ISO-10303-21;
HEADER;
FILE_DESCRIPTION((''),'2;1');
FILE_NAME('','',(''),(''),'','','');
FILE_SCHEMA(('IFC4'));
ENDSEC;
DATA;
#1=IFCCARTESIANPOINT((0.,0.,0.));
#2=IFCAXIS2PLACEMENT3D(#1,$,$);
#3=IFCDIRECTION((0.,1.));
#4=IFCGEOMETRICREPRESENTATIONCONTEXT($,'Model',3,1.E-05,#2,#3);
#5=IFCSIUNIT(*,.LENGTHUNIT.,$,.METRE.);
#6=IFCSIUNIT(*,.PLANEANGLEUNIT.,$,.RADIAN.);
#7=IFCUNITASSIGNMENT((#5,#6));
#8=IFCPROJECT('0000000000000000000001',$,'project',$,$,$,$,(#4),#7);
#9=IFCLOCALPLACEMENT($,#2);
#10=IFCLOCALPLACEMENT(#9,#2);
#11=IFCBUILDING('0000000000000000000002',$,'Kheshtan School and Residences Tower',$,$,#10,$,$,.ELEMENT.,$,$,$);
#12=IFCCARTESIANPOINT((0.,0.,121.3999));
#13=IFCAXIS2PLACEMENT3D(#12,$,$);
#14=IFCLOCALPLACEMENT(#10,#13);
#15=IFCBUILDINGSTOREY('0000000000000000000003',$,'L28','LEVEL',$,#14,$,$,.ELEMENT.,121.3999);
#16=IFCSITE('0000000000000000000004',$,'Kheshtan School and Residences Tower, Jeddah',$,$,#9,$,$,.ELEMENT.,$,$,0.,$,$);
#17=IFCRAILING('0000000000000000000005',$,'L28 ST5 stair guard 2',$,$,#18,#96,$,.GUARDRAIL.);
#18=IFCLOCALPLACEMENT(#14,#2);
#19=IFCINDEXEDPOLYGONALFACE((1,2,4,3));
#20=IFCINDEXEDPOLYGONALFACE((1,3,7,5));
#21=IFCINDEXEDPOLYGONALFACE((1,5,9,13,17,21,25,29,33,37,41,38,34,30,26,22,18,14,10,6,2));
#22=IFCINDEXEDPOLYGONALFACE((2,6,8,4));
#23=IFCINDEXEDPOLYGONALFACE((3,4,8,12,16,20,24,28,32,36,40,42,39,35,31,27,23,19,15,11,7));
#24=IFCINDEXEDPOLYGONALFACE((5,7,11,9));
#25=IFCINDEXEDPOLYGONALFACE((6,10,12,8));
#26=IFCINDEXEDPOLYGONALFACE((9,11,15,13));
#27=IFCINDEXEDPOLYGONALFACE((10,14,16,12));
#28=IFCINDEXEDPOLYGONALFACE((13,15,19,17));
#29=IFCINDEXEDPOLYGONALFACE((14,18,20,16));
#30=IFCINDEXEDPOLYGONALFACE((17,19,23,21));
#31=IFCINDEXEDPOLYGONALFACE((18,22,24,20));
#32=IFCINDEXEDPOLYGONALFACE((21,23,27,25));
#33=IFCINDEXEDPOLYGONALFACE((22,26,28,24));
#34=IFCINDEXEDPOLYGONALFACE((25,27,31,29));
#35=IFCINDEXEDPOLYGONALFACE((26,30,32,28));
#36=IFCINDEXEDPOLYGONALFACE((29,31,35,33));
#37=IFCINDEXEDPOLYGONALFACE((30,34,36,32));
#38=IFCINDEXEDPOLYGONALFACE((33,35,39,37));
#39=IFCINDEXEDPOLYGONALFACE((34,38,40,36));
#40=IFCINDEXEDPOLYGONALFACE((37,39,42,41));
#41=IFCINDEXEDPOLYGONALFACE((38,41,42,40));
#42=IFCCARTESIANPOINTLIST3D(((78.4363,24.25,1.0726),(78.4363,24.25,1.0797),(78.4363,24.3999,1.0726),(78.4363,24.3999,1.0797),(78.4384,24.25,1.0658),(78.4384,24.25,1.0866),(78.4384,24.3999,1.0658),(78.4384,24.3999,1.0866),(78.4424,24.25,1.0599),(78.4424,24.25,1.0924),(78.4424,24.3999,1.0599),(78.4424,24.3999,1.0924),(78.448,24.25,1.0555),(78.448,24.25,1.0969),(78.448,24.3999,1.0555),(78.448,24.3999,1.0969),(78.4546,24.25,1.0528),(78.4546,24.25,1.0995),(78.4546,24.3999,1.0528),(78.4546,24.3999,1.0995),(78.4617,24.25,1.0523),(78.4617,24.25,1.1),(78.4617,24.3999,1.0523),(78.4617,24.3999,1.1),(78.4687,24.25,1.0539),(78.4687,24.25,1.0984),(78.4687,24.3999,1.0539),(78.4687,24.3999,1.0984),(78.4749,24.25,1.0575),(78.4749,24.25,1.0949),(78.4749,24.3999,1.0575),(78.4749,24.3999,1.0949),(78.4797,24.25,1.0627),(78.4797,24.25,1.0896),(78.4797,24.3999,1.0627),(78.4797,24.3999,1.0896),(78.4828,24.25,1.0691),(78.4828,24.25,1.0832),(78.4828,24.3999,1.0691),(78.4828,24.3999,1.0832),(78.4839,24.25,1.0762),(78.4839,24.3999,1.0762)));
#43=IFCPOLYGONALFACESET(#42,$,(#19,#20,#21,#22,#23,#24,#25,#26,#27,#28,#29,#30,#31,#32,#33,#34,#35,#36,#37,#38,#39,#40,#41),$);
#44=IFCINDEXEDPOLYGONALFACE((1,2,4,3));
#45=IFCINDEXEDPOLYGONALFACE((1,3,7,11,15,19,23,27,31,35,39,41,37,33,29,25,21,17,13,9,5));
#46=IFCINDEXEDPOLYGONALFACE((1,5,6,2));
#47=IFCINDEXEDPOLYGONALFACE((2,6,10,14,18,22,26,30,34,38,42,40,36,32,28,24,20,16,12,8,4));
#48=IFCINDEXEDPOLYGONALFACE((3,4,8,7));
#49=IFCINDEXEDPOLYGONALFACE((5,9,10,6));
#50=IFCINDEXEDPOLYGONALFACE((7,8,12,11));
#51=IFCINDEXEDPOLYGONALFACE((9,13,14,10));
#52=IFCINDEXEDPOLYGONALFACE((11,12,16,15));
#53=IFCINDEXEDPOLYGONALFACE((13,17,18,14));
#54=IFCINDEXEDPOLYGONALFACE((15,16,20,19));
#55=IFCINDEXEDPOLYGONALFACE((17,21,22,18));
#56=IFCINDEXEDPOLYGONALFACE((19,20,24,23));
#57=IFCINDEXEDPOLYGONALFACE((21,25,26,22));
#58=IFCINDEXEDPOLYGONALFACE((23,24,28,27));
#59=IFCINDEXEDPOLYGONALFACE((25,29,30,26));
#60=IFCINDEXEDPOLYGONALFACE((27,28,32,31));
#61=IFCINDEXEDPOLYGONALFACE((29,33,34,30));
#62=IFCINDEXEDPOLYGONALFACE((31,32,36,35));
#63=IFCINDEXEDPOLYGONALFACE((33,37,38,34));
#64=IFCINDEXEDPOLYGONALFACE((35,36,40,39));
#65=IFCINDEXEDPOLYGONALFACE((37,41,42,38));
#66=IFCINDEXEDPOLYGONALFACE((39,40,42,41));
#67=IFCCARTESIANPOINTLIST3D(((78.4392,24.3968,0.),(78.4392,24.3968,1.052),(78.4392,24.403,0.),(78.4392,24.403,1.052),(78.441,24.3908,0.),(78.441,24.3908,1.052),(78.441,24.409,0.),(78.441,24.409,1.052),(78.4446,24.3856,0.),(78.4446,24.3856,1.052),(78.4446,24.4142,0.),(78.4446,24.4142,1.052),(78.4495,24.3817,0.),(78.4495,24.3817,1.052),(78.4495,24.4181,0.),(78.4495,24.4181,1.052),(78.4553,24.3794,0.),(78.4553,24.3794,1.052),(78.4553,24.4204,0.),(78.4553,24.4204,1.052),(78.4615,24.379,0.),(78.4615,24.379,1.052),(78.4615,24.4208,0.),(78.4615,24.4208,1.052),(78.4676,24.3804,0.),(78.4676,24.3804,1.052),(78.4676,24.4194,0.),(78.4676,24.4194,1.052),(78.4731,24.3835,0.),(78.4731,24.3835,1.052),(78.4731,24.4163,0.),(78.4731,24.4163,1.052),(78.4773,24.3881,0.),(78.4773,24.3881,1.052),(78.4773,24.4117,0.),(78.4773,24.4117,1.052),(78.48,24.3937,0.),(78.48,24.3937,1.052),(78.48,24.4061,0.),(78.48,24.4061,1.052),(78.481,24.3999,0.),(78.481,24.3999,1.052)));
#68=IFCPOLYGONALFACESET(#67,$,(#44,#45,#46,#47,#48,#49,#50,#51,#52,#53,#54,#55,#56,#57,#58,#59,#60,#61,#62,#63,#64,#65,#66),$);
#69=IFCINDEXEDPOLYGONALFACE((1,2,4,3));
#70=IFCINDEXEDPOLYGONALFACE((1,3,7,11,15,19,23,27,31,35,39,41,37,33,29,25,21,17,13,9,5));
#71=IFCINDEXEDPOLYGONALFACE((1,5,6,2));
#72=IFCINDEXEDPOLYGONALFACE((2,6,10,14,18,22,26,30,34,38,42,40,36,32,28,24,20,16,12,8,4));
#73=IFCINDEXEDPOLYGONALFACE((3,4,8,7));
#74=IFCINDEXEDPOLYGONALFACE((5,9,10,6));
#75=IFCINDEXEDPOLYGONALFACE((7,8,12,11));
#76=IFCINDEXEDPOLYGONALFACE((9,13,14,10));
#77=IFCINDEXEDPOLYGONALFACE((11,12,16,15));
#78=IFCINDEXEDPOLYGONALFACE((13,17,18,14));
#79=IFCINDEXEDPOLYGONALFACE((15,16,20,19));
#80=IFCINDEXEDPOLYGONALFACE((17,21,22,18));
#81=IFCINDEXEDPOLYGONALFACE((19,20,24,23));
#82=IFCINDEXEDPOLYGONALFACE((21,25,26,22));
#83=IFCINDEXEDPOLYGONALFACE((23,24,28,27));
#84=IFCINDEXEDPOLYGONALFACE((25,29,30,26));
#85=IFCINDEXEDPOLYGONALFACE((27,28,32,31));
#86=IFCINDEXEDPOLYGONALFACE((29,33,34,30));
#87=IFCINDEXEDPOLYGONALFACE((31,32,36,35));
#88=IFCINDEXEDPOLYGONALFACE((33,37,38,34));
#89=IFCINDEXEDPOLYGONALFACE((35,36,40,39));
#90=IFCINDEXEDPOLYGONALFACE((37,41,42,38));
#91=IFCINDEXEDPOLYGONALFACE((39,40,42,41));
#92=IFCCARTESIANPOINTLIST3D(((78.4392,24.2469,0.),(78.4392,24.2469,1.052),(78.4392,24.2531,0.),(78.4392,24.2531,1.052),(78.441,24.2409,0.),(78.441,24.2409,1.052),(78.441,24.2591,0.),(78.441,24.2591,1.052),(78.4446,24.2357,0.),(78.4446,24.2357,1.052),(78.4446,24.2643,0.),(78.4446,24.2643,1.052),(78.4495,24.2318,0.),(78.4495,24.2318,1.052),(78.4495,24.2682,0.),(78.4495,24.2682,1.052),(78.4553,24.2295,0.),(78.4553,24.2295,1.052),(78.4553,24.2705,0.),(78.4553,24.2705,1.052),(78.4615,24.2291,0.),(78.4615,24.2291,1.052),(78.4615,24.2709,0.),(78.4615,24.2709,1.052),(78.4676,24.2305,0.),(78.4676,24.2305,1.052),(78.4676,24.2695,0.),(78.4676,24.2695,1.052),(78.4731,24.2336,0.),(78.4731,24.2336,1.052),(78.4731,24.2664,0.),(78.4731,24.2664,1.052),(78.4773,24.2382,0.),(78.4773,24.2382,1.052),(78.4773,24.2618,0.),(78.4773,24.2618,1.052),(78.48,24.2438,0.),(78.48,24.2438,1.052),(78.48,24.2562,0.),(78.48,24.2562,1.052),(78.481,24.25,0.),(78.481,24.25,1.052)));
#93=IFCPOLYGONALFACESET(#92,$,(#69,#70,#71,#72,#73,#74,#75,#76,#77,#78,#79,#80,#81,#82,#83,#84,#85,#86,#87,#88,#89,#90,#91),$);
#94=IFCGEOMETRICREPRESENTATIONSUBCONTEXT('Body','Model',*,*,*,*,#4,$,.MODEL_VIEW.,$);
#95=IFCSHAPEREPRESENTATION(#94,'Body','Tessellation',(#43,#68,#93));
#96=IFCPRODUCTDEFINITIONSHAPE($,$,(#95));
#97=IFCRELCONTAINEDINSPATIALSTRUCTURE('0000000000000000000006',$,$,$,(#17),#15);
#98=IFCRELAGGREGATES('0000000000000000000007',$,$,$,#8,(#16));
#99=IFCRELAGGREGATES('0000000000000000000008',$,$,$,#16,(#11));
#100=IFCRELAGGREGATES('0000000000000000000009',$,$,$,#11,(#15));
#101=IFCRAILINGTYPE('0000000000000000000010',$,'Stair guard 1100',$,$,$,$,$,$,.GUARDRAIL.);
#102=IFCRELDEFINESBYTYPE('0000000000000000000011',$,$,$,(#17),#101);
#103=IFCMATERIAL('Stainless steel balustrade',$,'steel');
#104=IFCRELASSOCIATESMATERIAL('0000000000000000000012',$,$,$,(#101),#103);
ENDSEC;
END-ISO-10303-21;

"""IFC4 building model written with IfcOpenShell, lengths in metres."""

from ifc_helpers import new_model, si_unit, direction, frame, origin, origin_2d, place, context, subcontext, project, spatial, circle, extrude, material, type_object, element, save


model = new_model("IFC4")

# Units and contexts
model_context = context("Model", 3, precision=1e-05, world=origin(), true_north=direction((0.0, 1.0)))
body_context = subcontext(model_context, "Body", "Model", "MODEL_VIEW")
ifc_project = project(units=[si_unit("LENGTHUNIT", "METRE"), si_unit("PLANEANGLEUNIT", "RADIAN")], contexts=[model_context])

# Site, building, storey
site_placement = place(None, origin())
site = spatial("IfcSite", under=ifc_project, at=site_placement, Name="Kheshtan School and Residences Tower, Jeddah", CompositionType="ELEMENT", RefElevation=0.0)
building_placement = place(site_placement, origin())
building = spatial("IfcBuilding", under=site, at=building_placement, Name="Kheshtan School and Residences Tower", CompositionType="ELEMENT")
storey_placement = place(building_placement, frame((0.0, 0.0, 121.3999)))
storey = spatial("IfcBuildingStorey", under=building, at=storey_placement, Name="L28", Description="LEVEL", CompositionType="ELEMENT", Elevation=121.3999)

# Railing
ifc_material_1 = material(Name="Stainless steel balustrade", Category="steel")
railing_type_1 = type_object("IfcRailingType", Name="Stair guard 1100", PredefinedType="GUARDRAIL", material=ifc_material_1)
railing_1_placement = place(storey_placement, frame((78.46, 24.3999, 0.0)))
element("IfcRailing", 1, at=railing_1_placement, inside=storey, type_object=railing_type_1, Name="L28 ST5 stair guard 2", PredefinedType="GUARDRAIL", context=body_context, shape_type="SweptSolid", body=[
    extrude(circle(Radius=0.0239, at=origin_2d()), frame((0.0, 0.0, 1.0762), z_axis=(0.0, -1.0, 0.0), x_axis=(1.0, 0.0, 0.0)), (0.0, 0.0, 1.0), 0.1499),
    extrude(circle(Radius=0.021, at=origin_2d()), origin(), (0.0, 0.0, 1.0), 1.052),
    extrude(circle(Radius=0.021, at=origin_2d()), frame((0.0, -0.1499, 0.0)), (0.0, 0.0, 1.0), 1.052),
])

save(model, "model.ifc")
